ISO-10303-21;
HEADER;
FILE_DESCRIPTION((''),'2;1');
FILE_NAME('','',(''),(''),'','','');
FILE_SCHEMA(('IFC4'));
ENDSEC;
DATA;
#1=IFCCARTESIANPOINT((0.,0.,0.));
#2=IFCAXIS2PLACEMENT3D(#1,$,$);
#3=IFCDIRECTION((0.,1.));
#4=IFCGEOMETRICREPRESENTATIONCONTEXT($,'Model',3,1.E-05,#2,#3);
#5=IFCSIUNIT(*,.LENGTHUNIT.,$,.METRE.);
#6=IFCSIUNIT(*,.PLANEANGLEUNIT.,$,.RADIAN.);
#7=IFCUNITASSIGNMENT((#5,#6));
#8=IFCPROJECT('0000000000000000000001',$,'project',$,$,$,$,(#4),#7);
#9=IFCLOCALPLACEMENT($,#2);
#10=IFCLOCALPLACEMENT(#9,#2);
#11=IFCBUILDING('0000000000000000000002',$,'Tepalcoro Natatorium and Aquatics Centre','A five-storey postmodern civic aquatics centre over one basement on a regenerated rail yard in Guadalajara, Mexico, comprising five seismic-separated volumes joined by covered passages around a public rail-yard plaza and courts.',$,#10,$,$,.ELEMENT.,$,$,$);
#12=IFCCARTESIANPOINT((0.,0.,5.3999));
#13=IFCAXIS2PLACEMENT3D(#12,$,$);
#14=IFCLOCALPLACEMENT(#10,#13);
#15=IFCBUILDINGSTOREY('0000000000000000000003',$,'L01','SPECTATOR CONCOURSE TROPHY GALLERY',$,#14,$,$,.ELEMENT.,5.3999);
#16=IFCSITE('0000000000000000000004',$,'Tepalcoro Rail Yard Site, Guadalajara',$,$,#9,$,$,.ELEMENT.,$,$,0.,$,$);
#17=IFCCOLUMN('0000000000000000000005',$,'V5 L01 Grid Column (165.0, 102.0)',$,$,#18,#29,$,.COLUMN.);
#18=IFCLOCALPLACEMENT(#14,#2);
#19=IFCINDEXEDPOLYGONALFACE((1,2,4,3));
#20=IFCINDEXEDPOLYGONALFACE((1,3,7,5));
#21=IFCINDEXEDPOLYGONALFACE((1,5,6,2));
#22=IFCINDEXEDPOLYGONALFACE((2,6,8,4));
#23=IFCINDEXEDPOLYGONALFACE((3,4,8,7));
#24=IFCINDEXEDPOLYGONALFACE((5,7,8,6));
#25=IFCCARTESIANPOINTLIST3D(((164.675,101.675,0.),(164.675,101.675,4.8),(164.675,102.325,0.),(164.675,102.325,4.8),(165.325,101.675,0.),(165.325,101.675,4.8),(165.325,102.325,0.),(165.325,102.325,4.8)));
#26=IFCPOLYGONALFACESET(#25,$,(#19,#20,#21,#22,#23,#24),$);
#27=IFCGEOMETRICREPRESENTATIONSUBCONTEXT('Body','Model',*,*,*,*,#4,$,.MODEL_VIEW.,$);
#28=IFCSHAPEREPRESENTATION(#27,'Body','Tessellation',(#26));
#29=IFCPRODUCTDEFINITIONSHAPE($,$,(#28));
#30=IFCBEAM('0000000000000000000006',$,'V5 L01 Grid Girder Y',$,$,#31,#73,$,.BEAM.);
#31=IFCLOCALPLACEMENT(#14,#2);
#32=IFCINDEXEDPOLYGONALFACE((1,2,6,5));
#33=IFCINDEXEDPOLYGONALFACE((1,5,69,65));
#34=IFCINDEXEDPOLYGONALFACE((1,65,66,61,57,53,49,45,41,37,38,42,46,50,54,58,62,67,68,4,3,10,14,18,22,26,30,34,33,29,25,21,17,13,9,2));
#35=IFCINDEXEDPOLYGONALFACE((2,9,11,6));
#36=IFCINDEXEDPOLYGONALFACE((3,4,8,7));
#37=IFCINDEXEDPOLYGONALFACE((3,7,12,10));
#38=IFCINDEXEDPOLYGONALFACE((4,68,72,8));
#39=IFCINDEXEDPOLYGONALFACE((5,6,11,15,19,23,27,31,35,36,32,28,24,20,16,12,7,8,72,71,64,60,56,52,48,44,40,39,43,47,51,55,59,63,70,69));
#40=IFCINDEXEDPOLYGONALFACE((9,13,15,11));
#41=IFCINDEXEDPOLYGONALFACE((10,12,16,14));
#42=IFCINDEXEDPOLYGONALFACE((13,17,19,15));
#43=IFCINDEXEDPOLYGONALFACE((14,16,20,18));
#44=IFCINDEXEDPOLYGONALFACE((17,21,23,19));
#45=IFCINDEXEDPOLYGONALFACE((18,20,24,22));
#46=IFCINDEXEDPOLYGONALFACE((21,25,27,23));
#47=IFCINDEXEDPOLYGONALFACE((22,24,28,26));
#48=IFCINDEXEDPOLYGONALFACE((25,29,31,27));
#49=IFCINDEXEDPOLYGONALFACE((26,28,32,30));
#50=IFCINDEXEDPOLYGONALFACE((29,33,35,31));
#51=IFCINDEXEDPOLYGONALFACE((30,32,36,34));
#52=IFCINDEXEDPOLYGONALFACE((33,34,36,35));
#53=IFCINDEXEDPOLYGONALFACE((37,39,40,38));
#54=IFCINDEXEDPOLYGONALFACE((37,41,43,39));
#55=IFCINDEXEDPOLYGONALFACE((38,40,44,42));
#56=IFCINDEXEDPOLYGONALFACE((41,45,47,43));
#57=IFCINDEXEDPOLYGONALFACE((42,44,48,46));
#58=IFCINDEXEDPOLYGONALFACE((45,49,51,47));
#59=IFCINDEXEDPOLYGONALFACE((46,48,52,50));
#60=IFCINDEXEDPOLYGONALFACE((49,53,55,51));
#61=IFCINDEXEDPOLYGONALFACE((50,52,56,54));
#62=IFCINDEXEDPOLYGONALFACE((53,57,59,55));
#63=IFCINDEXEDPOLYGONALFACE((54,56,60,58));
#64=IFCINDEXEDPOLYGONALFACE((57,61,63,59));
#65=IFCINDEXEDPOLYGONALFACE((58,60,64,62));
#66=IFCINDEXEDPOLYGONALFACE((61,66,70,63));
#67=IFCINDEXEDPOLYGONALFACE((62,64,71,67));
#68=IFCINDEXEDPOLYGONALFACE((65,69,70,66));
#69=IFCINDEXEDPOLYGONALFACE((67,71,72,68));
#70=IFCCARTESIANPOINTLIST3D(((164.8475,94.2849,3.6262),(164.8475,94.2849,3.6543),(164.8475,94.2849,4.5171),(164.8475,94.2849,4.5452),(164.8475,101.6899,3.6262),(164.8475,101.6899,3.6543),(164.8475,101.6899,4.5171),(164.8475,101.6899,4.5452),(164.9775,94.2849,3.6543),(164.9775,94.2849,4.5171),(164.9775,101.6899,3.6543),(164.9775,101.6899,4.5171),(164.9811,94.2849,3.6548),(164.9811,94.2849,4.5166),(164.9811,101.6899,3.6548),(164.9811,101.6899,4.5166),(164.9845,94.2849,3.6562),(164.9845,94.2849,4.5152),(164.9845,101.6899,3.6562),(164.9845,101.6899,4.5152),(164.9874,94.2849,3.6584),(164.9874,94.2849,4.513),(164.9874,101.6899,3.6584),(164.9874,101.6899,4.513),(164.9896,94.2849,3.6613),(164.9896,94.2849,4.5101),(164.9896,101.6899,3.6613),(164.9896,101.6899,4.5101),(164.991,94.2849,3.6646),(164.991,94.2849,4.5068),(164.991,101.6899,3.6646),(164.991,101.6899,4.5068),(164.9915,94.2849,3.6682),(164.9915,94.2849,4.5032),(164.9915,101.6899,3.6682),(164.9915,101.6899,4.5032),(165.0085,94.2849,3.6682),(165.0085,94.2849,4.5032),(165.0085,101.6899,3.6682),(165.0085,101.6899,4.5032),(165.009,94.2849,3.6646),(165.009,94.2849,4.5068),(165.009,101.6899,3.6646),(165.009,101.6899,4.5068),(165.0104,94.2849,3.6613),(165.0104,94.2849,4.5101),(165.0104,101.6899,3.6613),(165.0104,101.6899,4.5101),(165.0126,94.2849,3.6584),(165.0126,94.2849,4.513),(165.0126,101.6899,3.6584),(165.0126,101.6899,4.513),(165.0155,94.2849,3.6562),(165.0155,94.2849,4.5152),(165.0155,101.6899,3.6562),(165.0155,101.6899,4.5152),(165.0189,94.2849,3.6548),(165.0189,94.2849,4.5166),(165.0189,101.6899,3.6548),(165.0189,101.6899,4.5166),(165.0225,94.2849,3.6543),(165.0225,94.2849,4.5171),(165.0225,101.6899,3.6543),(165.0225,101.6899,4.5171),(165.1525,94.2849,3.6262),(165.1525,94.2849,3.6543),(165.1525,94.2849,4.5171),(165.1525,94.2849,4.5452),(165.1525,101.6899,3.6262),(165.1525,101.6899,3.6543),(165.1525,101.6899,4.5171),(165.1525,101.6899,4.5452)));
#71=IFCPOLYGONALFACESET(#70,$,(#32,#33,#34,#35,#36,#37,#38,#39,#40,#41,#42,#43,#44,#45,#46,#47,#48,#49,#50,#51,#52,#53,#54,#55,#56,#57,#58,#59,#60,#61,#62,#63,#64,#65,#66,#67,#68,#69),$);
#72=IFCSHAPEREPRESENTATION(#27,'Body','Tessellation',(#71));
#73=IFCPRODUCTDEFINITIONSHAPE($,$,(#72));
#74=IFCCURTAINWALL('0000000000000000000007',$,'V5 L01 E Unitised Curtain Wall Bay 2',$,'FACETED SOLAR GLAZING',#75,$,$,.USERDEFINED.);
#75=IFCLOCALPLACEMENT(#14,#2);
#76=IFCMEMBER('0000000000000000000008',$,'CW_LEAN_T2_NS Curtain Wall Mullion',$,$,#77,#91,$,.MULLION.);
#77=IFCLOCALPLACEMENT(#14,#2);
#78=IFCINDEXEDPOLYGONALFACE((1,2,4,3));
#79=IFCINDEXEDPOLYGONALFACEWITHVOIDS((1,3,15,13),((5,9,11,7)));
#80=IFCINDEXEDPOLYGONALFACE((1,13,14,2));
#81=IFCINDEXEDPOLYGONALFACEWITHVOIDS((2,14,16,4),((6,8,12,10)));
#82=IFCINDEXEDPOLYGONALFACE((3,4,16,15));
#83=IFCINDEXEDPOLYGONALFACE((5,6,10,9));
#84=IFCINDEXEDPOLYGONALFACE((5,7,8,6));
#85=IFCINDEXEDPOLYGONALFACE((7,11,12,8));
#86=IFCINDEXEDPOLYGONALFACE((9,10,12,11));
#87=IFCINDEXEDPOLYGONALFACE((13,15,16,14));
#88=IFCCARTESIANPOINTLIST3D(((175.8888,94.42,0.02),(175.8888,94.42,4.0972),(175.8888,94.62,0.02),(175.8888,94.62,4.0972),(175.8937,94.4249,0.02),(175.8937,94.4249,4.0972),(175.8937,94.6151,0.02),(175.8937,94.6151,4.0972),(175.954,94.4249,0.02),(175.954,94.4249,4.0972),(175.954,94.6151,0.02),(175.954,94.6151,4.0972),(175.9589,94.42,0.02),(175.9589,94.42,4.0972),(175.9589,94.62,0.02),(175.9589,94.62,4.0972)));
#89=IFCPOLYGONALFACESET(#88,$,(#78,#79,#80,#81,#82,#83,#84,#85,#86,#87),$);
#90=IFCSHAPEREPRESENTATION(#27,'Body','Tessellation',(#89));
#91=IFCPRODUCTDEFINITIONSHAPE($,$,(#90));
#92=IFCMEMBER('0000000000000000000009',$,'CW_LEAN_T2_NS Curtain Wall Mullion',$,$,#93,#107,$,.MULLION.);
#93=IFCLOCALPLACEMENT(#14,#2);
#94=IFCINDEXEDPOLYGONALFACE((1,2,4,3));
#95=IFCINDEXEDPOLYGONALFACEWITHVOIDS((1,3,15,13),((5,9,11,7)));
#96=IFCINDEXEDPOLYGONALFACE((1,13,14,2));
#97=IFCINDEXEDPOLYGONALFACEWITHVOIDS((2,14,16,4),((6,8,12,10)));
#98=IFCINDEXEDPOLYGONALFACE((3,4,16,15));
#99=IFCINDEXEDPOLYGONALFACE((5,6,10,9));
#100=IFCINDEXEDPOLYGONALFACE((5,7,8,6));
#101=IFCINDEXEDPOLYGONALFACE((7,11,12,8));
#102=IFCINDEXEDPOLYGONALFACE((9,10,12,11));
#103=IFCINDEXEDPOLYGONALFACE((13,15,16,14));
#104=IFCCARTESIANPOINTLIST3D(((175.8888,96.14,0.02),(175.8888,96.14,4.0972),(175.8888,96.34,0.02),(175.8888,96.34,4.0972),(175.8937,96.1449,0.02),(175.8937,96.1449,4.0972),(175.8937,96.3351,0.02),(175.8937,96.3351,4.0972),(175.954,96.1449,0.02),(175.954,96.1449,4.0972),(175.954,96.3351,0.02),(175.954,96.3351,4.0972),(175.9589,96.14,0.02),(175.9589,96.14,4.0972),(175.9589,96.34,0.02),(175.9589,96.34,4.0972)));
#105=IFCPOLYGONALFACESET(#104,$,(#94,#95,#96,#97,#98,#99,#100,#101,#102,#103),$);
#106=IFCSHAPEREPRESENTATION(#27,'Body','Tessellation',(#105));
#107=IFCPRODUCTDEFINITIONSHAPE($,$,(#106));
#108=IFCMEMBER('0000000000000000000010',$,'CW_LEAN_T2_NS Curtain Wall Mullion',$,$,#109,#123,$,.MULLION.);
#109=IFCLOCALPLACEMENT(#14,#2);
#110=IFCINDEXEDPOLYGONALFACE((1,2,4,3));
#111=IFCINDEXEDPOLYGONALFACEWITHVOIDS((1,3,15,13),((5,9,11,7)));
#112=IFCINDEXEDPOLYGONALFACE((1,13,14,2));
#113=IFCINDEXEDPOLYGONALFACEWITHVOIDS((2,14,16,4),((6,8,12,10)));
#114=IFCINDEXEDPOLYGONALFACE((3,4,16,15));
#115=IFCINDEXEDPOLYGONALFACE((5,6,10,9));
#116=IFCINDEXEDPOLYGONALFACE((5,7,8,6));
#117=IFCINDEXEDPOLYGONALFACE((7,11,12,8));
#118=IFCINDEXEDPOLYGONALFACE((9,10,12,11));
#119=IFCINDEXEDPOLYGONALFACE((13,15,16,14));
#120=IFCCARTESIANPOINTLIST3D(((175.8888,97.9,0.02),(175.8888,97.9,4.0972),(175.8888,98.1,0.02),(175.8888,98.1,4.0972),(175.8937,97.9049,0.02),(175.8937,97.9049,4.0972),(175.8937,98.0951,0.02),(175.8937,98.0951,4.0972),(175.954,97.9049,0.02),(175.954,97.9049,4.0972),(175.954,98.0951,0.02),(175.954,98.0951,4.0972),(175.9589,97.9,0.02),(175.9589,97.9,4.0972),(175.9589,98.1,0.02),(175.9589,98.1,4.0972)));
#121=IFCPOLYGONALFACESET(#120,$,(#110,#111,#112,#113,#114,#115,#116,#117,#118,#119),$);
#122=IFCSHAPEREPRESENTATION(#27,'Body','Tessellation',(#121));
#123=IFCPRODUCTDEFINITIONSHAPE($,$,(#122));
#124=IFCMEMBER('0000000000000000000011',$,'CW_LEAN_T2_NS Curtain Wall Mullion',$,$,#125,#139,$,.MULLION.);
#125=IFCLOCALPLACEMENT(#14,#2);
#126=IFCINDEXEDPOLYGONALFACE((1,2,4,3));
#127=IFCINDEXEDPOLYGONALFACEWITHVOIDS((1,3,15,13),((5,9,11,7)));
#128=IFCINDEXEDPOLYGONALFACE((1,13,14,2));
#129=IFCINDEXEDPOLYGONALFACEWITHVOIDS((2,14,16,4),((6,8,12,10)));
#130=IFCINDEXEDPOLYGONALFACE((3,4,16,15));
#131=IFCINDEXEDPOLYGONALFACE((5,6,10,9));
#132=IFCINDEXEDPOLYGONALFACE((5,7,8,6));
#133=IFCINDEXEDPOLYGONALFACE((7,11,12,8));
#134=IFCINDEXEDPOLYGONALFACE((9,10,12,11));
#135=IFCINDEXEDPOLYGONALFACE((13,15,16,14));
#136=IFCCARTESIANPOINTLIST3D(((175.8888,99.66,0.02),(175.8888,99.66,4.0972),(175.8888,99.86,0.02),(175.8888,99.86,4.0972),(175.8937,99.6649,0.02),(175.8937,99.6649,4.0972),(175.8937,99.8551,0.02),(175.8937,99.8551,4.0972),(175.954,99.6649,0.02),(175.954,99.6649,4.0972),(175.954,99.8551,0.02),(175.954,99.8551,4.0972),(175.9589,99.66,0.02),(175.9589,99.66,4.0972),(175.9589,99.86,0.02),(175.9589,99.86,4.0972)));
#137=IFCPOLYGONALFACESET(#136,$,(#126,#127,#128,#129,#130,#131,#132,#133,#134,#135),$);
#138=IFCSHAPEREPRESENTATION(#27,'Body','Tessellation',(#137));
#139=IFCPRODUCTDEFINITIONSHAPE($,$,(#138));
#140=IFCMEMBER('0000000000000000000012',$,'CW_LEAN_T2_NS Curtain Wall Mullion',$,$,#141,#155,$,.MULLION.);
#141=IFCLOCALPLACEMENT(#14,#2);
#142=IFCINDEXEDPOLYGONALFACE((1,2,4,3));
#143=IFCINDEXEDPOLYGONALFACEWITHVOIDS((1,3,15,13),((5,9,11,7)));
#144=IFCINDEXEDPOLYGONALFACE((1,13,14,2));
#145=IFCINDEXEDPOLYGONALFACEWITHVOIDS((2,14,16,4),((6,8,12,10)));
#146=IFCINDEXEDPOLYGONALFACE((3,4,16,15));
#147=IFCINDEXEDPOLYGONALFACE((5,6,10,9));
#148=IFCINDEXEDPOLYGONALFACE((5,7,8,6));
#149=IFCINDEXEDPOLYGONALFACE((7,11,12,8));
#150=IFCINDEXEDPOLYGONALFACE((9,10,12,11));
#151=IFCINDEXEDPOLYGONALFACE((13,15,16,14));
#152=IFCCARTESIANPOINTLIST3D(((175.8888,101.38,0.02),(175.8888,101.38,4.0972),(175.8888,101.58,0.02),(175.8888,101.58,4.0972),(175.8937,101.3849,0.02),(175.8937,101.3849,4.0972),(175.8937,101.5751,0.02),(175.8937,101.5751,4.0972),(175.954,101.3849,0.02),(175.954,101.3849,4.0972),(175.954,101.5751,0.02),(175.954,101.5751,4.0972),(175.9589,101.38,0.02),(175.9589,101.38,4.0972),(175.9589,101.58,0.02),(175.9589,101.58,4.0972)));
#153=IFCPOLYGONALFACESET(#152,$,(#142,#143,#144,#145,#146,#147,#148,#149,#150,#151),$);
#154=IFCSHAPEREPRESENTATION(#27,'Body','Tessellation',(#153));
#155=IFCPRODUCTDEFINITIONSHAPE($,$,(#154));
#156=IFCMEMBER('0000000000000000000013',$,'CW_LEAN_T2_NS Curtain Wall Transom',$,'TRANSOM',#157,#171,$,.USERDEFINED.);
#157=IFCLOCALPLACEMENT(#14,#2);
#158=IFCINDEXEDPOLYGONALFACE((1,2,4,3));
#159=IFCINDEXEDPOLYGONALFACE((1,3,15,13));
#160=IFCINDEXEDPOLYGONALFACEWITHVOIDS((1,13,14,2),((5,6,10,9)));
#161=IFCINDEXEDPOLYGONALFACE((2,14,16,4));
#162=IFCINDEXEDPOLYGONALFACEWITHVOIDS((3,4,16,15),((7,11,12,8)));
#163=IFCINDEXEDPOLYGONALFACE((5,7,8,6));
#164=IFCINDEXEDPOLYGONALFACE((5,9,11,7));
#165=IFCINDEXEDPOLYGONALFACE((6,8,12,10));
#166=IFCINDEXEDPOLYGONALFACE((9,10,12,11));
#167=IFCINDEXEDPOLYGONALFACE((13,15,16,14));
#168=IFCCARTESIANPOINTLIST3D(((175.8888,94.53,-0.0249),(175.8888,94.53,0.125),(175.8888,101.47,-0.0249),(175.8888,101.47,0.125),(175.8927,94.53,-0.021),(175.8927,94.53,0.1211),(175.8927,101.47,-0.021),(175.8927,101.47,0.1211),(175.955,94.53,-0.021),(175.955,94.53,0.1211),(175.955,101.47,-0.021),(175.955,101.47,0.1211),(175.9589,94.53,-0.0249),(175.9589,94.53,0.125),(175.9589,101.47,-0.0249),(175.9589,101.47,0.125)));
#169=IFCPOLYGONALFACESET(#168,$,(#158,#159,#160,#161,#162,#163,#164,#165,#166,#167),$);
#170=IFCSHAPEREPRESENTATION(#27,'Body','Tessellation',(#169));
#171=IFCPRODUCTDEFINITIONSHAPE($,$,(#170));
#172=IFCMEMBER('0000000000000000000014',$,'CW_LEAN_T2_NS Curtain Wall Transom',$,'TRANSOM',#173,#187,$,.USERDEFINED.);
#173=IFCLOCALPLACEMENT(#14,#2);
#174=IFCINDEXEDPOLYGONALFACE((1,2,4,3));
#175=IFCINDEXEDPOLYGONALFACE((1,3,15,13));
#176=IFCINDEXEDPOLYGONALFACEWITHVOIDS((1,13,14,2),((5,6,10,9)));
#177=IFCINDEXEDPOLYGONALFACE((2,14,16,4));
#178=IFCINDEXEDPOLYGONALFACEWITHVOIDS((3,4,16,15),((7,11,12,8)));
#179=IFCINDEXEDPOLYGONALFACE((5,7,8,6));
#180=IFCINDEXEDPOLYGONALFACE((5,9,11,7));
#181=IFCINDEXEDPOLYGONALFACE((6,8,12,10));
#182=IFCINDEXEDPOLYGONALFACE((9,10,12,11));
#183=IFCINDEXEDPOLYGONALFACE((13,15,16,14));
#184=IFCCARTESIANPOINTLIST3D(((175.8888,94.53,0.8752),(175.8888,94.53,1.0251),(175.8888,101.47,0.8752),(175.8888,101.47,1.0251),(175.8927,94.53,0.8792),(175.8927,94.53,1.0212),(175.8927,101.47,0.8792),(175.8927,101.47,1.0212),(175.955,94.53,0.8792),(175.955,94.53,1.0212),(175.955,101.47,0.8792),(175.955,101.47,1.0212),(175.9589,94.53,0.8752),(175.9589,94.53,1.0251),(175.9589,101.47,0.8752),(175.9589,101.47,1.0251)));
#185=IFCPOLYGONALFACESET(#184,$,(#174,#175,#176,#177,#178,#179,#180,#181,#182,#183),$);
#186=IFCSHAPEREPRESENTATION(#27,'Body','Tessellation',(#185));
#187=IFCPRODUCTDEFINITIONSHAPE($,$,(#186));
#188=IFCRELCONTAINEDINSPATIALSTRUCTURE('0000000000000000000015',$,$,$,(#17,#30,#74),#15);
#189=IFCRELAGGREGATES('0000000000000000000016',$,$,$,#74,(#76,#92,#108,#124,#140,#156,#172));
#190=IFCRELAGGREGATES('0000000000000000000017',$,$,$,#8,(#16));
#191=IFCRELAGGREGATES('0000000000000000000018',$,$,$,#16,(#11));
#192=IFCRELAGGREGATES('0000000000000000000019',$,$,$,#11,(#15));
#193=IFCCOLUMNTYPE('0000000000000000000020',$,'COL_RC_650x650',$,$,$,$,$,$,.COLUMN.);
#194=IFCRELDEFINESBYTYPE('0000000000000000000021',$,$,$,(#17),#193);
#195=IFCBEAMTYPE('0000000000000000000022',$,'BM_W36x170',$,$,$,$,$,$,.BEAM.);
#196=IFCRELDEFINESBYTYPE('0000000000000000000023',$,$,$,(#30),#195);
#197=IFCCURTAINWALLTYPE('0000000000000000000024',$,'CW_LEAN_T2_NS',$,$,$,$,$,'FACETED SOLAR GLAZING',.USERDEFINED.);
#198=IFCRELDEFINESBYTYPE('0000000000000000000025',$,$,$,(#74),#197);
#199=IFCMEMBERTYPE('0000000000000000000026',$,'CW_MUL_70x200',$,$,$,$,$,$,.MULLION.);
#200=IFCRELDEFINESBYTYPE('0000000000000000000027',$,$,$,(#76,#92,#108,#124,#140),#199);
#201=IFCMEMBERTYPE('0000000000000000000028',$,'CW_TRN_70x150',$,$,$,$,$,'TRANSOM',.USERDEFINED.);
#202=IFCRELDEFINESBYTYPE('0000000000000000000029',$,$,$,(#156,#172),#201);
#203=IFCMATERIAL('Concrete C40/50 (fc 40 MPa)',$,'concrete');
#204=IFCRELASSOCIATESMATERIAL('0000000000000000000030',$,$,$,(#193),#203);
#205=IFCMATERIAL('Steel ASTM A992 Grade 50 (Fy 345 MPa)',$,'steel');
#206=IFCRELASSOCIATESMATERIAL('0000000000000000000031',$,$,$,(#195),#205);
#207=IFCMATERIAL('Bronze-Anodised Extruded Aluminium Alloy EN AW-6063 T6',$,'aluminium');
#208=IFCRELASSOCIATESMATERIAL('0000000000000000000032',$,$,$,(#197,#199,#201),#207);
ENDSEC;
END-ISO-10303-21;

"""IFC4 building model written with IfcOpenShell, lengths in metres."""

from ifc_helpers import new_model, si_unit, direction, frame, origin, origin_2d, place, context, subcontext, project, spatial, rectangle, hollow_rectangle, i_section, extrude, material, material_profile, profile_set, type_object, element, aggregate, save


model = new_model("IFC4")

# Units and contexts
model_context = context("Model", 3, precision=1e-05, world=origin(), true_north=direction((0.0, 1.0)))
body_context = subcontext(model_context, "Body", "Model", "MODEL_VIEW")
ifc_project = project(units=[si_unit("LENGTHUNIT", "METRE"), si_unit("PLANEANGLEUNIT", "RADIAN")], contexts=[model_context])

# Site, building, storey
site_placement = place(None, origin())
site = spatial("IfcSite", under=ifc_project, at=site_placement, Name="Tepalcoro Rail Yard Site, Guadalajara", CompositionType="ELEMENT", RefElevation=0.0)
building_placement = place(site_placement, origin())
building = spatial("IfcBuilding", under=site, at=building_placement, Name="Tepalcoro Natatorium and Aquatics Centre", Description="A five-storey postmodern civic aquatics centre over one basement on a regenerated rail yard in Guadalajara, Mexico, comprising five seismic-separated volumes joined by covered passages around a public rail-yard plaza and courts.", CompositionType="ELEMENT")
storey_placement = place(building_placement, frame((0.0, 0.0, 5.3999)))
storey = spatial("IfcBuildingStorey", under=building, at=storey_placement, Name="L01", Description="SPECTATOR CONCOURSE TROPHY GALLERY", CompositionType="ELEMENT", Elevation=5.3999)

# Column
ifc_material_1 = material(Name="Concrete C40/50 (fc 40 MPa)", Category="concrete")
ifc_material_profile_1 = material_profile(ifc_material_1, rectangle(XDim=0.6499, YDim=0.6499, at=origin_2d()), Name="RC650x650")
ifc_profile_set_1 = profile_set([ifc_material_profile_1], Name="Concrete C40/50 (fc 40 MPa)")
column_type = type_object("IfcColumnType", Name="COL_RC_650x650", PredefinedType="COLUMN", material=ifc_profile_set_1)
column_placement = place(storey_placement, frame((165.0, 102.0, 0.0), z_axis=(0.0, 0.0, 1.0), x_axis=(1.0, 0.0, 0.0)))
element("IfcColumn", 1, at=column_placement, inside=storey, type_object=column_type, Name="V5 L01 Grid Column (165.0, 102.0)", PredefinedType="COLUMN", context=body_context, shape_type="SweptSolid", body=[
    extrude(rectangle(XDim=0.6499, YDim=0.6499, at=origin_2d()), origin(), (0.0, 0.0, 1.0), 4.8),
])

# Beam
ifc_material_2 = material(Name="Steel ASTM A992 Grade 50 (Fy 345 MPa)", Category="steel")
ifc_material_profile_2 = material_profile(ifc_material_2, i_section(OverallWidth=0.3049, OverallDepth=0.9189, WebThickness=0.0171, FlangeThickness=0.0281, FilletRadius=0.0139, at=origin_2d()), Name="W36X170")
ifc_profile_set_2 = profile_set([ifc_material_profile_2], Name="Steel ASTM A992 Grade 50 (Fy 345 MPa)")
beam_type_1 = type_object("IfcBeamType", Name="BM_W36x170", PredefinedType="BEAM", material=ifc_profile_set_2)
beam_1_placement = place(storey_placement, frame((165.0, 94.2849, 4.0857), z_axis=(0.0, 1.0, 0.0), x_axis=(-1.0, 0.0, 0.0)))
element("IfcBeam", 2, at=beam_1_placement, inside=storey, type_object=beam_type_1, Name="V5 L01 Grid Girder Y", PredefinedType="BEAM", context=body_context, shape_type="SweptSolid", body=[
    extrude(i_section(OverallWidth=0.3049, OverallDepth=0.9189, WebThickness=0.0171, FlangeThickness=0.0281, FilletRadius=0.0139, at=origin_2d()), origin(), (0.0, 0.0, 1.0), 7.405),
])

# Curtain wall, members
ifc_material_3 = material(Name="Bronze-Anodised Extruded Aluminium Alloy EN AW-6063 T6", Category="aluminium")
curtain_wall_type = type_object("IfcCurtainWallType", Name="CW_LEAN_T2_NS", ElementType="FACETED SOLAR GLAZING", PredefinedType="USERDEFINED", material=ifc_material_3)
curtain_wall_placement = place(storey_placement, origin())
curtain_wall = element("IfcCurtainWall", 3, at=curtain_wall_placement, inside=storey, type_object=curtain_wall_type, Name="V5 L01 E Unitised Curtain Wall Bay 2", ObjectType="FACETED SOLAR GLAZING", PredefinedType="USERDEFINED")
ifc_material_profile_3 = material_profile(ifc_material_3, hollow_rectangle(XDim=0.0701, YDim=0.2, WallThickness=0.0049, at=origin_2d()), Name="AL70X200X5")
ifc_profile_set_3 = profile_set([ifc_material_profile_3], Name="Bronze-Anodised Extruded Aluminium Alloy EN AW-6063 T6")
member_type_1 = type_object("IfcMemberType", Name="CW_MUL_70x200", PredefinedType="MULLION", material=ifc_profile_set_3)
member_1_placement = place(storey_placement, frame((175.9238, 94.52, 0.02), z_axis=(0.0, 0.0, 1.0), x_axis=(1.0, 0.0, 0.0)))
member_1 = element("IfcMember", 4, at=member_1_placement, type_object=member_type_1, Name="CW_LEAN_T2_NS Curtain Wall Mullion", PredefinedType="MULLION", context=body_context, shape_type="SweptSolid", body=[
    extrude(hollow_rectangle(XDim=0.0701, YDim=0.2, WallThickness=0.0049, at=origin_2d()), origin(), (0.0, 0.0, 1.0), 4.0771),
])
member_2_placement = place(storey_placement, frame((175.9238, 96.24, 0.02), z_axis=(0.0, 0.0, 1.0), x_axis=(1.0, 0.0, 0.0)))
member_2 = element("IfcMember", 5, at=member_2_placement, type_object=member_type_1, Name="CW_LEAN_T2_NS Curtain Wall Mullion", PredefinedType="MULLION", context=body_context, shape_type="SweptSolid", body=[
    extrude(hollow_rectangle(XDim=0.0701, YDim=0.2, WallThickness=0.0049, at=origin_2d()), origin(), (0.0, 0.0, 1.0), 4.0771),
])
member_3_placement = place(storey_placement, frame((175.9238, 98.0, 0.02), z_axis=(0.0, 0.0, 1.0), x_axis=(1.0, 0.0, 0.0)))
member_3 = element("IfcMember", 6, at=member_3_placement, type_object=member_type_1, Name="CW_LEAN_T2_NS Curtain Wall Mullion", PredefinedType="MULLION", context=body_context, shape_type="SweptSolid", body=[
    extrude(hollow_rectangle(XDim=0.0701, YDim=0.2, WallThickness=0.0049, at=origin_2d()), origin(), (0.0, 0.0, 1.0), 4.0771),
])
member_4_placement = place(storey_placement, frame((175.9238, 99.76, 0.02), z_axis=(0.0, 0.0, 1.0), x_axis=(1.0, 0.0, 0.0)))
member_4 = element("IfcMember", 7, at=member_4_placement, type_object=member_type_1, Name="CW_LEAN_T2_NS Curtain Wall Mullion", PredefinedType="MULLION", context=body_context, shape_type="SweptSolid", body=[
    extrude(hollow_rectangle(XDim=0.0701, YDim=0.2, WallThickness=0.0049, at=origin_2d()), origin(), (0.0, 0.0, 1.0), 4.0771),
])
member_5_placement = place(storey_placement, frame((175.9238, 101.48, 0.02), z_axis=(0.0, 0.0, 1.0), x_axis=(1.0, 0.0, 0.0)))
member_5 = element("IfcMember", 8, at=member_5_placement, type_object=member_type_1, Name="CW_LEAN_T2_NS Curtain Wall Mullion", PredefinedType="MULLION", context=body_context, shape_type="SweptSolid", body=[
    extrude(hollow_rectangle(XDim=0.0701, YDim=0.2, WallThickness=0.0049, at=origin_2d()), origin(), (0.0, 0.0, 1.0), 4.0771),
])
ifc_material_profile_4 = material_profile(ifc_material_3, hollow_rectangle(XDim=0.0701, YDim=0.1499, WallThickness=0.0039, at=origin_2d()), Name="AL70X150X4")
ifc_profile_set_4 = profile_set([ifc_material_profile_4], Name="Bronze-Anodised Extruded Aluminium Alloy EN AW-6063 T6")
member_type_2 = type_object("IfcMemberType", Name="CW_TRN_70x150", ElementType="TRANSOM", PredefinedType="USERDEFINED", material=ifc_profile_set_4)
member_6_placement = place(storey_placement, frame((175.9238, 94.53, 0.05), z_axis=(0.0, 1.0, 0.0), x_axis=(-1.0, 0.0, 0.0)))
member_6 = element("IfcMember", 9, at=member_6_placement, type_object=member_type_2, Name="CW_LEAN_T2_NS Curtain Wall Transom", ObjectType="TRANSOM", PredefinedType="USERDEFINED", context=body_context, shape_type="SweptSolid", body=[
    extrude(hollow_rectangle(XDim=0.0701, YDim=0.1499, WallThickness=0.0039, at=origin_2d()), origin(), (0.0, 0.0, 1.0), 6.9399),
])
member_7_placement = place(storey_placement, frame((175.9238, 94.53, 0.9502), z_axis=(0.0, 1.0, 0.0), x_axis=(-1.0, 0.0, 0.0)))
member_7 = element("IfcMember", 10, at=member_7_placement, type_object=member_type_2, Name="CW_LEAN_T2_NS Curtain Wall Transom", ObjectType="TRANSOM", PredefinedType="USERDEFINED", context=body_context, shape_type="SweptSolid", body=[
    extrude(hollow_rectangle(XDim=0.0701, YDim=0.1499, WallThickness=0.0039, at=origin_2d()), origin(), (0.0, 0.0, 1.0), 6.9399),
])

aggregate(curtain_wall, [member_1, member_2, member_3, member_4, member_5, member_6, member_7])

save(model, "model.ifc")
